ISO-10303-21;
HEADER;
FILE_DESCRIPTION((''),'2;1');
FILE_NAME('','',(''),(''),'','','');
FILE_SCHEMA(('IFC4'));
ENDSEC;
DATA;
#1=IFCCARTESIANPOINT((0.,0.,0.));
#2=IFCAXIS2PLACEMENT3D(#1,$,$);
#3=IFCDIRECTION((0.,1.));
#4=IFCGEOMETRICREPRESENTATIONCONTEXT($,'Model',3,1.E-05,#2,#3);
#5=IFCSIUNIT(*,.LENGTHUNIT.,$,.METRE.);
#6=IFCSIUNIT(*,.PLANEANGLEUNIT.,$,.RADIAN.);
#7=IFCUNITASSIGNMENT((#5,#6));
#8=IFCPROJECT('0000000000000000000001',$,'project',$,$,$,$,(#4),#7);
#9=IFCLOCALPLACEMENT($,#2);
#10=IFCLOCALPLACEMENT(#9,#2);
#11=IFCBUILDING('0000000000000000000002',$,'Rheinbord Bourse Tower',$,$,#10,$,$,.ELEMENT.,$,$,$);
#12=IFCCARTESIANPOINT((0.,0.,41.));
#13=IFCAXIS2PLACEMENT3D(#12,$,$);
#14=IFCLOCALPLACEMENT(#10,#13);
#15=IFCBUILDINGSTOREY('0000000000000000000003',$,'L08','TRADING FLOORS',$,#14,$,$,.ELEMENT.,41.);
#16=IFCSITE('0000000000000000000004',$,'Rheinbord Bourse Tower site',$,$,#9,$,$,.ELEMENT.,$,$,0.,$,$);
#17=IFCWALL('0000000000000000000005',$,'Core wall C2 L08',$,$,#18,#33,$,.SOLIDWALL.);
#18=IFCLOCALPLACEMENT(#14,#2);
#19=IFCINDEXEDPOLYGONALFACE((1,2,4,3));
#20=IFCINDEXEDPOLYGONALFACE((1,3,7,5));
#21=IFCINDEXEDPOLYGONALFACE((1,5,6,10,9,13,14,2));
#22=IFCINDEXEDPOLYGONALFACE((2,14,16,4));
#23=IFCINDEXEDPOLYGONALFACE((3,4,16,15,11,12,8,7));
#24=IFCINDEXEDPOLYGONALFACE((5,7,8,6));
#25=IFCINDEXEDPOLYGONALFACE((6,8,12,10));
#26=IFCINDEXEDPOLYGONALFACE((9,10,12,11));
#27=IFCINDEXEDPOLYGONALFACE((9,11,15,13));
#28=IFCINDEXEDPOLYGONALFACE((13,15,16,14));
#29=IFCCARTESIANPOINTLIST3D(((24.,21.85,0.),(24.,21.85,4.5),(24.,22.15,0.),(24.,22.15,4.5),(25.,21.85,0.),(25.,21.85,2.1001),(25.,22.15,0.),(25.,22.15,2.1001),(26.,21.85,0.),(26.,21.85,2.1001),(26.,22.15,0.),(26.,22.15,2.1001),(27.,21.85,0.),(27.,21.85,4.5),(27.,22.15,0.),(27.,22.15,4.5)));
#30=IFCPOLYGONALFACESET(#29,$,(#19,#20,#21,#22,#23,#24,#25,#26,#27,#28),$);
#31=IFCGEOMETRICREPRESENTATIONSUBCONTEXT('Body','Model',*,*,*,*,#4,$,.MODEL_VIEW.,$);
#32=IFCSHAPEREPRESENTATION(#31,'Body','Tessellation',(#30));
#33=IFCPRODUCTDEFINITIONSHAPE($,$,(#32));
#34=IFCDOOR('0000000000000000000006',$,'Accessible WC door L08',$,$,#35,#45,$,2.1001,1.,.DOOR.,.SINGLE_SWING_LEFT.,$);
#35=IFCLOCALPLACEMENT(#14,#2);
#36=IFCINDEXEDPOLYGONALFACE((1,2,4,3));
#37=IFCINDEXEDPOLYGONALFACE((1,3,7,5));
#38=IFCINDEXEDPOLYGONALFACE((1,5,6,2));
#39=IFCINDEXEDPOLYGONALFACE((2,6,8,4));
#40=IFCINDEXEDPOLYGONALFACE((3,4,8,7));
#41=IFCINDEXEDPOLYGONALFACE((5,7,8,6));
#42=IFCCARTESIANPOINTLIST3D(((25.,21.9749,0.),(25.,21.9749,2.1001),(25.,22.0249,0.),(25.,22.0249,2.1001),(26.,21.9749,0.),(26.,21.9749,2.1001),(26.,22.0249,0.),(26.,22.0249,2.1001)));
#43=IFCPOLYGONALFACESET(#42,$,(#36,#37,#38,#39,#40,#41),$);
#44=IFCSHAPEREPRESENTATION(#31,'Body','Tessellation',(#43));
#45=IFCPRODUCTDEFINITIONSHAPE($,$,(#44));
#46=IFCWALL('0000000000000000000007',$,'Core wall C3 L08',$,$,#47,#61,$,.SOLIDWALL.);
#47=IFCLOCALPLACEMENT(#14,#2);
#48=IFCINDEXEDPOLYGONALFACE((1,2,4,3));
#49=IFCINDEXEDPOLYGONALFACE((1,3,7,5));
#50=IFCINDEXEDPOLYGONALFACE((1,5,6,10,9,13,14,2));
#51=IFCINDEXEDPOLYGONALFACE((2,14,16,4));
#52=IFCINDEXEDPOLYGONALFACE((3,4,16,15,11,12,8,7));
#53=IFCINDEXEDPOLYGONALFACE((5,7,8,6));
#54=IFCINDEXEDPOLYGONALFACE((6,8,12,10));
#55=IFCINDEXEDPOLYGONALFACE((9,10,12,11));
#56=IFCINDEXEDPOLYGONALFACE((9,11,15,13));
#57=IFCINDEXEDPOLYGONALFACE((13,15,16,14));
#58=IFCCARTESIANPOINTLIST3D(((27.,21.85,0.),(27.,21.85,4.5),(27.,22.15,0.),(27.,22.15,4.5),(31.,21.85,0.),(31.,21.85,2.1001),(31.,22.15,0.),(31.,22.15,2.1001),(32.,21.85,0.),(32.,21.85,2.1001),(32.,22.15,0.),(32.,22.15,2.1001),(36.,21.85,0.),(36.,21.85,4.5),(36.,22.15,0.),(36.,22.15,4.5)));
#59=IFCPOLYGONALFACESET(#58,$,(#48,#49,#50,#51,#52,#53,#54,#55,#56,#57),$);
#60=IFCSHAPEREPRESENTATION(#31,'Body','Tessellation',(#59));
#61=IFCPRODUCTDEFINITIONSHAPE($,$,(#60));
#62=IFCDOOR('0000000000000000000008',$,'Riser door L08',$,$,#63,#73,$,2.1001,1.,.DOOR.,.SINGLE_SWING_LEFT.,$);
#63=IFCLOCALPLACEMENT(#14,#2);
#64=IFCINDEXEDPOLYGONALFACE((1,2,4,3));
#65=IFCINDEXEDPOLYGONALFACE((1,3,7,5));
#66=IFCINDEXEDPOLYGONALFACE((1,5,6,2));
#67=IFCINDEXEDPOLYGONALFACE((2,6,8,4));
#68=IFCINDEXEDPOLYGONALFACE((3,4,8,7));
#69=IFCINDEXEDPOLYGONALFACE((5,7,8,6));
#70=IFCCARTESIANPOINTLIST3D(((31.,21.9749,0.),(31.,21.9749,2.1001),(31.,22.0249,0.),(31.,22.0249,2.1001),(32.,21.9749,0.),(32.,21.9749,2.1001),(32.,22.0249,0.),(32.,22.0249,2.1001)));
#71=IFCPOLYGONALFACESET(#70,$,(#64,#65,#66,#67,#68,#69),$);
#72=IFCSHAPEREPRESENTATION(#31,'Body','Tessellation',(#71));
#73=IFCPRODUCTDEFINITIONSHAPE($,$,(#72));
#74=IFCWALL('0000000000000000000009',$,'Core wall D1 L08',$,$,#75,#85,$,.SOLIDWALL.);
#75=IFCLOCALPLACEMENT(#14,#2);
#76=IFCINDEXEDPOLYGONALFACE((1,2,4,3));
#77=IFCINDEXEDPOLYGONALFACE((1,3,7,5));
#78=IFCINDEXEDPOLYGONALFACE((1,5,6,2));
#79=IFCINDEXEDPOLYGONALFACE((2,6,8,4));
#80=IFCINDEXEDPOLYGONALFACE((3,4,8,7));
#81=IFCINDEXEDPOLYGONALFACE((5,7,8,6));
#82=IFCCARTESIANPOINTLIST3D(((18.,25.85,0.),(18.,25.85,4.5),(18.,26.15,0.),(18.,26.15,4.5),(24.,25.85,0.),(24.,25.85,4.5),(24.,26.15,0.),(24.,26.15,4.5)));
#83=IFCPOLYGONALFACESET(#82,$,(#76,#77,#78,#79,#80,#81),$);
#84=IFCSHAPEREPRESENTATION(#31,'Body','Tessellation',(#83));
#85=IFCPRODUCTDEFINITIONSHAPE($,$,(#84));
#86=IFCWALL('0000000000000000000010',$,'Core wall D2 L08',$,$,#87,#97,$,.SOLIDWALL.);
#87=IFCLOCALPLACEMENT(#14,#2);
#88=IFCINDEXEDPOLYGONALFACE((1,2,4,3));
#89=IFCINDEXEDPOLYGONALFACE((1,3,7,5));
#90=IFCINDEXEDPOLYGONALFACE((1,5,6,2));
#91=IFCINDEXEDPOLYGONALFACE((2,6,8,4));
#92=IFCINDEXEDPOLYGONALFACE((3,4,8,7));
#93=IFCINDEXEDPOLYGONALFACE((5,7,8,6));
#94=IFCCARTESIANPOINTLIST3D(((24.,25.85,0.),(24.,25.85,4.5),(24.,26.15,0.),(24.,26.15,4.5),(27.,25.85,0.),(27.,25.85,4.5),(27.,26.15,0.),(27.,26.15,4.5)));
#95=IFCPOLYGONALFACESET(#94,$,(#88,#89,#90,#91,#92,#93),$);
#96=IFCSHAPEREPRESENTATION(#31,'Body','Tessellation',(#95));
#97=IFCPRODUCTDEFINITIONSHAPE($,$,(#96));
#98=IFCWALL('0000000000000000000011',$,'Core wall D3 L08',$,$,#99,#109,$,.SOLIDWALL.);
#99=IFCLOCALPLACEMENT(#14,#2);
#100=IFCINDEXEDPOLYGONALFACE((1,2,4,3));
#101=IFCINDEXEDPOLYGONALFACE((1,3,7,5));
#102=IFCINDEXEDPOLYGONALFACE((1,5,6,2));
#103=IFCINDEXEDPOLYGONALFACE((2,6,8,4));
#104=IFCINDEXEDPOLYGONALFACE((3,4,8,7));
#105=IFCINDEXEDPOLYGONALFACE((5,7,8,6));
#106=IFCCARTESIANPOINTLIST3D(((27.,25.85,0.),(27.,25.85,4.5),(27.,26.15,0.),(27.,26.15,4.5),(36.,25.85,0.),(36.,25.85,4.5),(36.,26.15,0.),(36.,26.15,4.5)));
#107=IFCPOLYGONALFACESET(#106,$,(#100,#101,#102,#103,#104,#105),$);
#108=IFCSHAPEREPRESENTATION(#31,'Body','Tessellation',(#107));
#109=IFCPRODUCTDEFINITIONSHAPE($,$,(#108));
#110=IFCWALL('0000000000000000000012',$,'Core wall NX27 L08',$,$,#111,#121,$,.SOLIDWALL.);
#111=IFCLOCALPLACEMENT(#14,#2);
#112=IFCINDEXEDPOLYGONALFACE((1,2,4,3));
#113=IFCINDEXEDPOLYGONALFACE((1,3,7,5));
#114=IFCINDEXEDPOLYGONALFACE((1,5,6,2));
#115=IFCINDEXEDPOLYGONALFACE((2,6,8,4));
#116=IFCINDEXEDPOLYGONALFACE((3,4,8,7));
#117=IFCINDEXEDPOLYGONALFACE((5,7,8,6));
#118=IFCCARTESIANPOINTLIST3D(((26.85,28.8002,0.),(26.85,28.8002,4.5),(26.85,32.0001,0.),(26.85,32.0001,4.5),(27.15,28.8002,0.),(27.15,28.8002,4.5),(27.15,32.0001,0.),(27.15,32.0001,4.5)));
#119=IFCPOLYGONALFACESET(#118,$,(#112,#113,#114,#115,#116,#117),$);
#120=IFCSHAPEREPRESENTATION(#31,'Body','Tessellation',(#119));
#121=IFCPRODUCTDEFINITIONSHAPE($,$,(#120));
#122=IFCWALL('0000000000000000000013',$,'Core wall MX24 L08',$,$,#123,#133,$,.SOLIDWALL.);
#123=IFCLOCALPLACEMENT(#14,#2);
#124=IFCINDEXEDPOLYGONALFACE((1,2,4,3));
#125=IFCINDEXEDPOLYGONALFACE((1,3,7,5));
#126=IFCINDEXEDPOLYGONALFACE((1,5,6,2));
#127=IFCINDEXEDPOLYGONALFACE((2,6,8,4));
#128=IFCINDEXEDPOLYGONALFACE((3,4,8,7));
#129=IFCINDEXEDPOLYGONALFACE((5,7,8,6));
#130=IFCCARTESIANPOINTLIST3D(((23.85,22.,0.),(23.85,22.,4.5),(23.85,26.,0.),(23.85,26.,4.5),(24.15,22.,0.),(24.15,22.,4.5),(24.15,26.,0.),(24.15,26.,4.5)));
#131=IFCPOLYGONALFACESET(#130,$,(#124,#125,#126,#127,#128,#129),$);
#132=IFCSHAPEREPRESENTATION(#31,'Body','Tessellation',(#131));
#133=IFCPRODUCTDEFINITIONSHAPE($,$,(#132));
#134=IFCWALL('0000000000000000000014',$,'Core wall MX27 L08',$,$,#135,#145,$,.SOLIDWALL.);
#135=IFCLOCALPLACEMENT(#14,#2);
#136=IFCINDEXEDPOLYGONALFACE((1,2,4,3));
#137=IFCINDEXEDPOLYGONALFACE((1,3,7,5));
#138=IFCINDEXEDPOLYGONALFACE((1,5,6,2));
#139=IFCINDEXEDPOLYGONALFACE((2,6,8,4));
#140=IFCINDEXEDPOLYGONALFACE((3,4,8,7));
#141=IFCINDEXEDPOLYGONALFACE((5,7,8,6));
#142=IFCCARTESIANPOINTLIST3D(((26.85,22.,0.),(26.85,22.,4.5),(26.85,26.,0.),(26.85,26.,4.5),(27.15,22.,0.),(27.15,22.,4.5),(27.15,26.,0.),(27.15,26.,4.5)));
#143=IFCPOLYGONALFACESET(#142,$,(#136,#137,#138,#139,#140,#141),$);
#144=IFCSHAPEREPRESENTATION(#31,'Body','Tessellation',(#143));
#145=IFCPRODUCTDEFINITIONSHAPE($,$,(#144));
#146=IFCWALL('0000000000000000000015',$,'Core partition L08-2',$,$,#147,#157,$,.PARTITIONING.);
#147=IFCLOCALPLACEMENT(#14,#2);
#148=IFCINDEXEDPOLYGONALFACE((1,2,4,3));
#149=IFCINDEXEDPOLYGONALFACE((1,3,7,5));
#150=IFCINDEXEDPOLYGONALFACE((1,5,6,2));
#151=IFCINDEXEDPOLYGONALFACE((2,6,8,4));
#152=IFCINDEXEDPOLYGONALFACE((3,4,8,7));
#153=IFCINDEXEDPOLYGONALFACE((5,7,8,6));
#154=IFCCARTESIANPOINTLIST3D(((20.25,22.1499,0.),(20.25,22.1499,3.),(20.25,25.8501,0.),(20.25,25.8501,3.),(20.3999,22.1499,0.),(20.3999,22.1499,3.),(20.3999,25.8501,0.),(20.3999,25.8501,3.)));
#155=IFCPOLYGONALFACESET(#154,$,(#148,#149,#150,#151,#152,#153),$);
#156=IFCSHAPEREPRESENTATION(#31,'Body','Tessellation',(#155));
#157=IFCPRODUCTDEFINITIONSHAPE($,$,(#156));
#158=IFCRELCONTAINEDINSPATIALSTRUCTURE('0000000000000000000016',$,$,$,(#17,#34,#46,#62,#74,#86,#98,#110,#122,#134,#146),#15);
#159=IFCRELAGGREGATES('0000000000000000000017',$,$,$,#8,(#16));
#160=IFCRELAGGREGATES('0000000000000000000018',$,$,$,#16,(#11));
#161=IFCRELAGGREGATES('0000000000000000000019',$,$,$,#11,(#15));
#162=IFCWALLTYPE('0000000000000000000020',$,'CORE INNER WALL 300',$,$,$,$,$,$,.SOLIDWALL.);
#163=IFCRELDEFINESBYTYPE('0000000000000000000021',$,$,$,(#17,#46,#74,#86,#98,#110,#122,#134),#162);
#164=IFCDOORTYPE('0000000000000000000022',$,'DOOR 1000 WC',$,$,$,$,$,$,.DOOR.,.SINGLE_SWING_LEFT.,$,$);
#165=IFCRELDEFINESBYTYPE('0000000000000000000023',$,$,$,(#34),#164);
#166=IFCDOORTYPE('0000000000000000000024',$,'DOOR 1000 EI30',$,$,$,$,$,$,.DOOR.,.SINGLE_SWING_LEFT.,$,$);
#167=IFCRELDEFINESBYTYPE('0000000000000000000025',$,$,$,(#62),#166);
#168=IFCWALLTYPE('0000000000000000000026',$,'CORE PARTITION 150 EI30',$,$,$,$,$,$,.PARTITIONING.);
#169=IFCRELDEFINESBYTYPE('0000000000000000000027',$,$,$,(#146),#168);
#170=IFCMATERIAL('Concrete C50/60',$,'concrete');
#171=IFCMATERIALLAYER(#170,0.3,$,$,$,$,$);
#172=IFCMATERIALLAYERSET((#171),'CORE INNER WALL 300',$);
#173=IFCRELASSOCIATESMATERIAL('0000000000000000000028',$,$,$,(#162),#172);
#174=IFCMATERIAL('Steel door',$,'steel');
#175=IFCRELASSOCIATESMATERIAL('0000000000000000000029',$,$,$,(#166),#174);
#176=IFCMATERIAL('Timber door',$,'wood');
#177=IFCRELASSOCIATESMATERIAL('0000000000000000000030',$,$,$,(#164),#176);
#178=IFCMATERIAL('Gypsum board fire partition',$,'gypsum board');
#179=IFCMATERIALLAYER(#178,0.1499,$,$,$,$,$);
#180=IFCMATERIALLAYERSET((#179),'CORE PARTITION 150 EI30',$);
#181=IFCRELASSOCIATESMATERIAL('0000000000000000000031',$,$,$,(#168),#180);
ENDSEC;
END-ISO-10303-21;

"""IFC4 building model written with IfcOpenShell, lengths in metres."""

from ifc_helpers import new_model, si_unit, direction, frame, frame_2d, origin, place, context, subcontext, project, spatial, rectangle, extrude, material, layer, layer_set, type_object, element, fill, save


model = new_model("IFC4")

# Units and contexts
model_context = context("Model", 3, precision=1e-05, world=origin(), true_north=direction((0.0, 1.0)))
body_context = subcontext(model_context, "Body", "Model", "MODEL_VIEW")
ifc_project = project(units=[si_unit("LENGTHUNIT", "METRE"), si_unit("PLANEANGLEUNIT", "RADIAN")], contexts=[model_context])

# Site, building, storey
site_placement = place(None, origin())
site = spatial("IfcSite", under=ifc_project, at=site_placement, Name="Rheinbord Bourse Tower site", CompositionType="ELEMENT", RefElevation=0.0)
building_placement = place(site_placement, origin())
building = spatial("IfcBuilding", under=site, at=building_placement, Name="Rheinbord Bourse Tower", CompositionType="ELEMENT")
storey_placement = place(building_placement, frame((0.0, 0.0, 41.0)))
storey = spatial("IfcBuildingStorey", under=building, at=storey_placement, Name="L08", Description="TRADING FLOORS", CompositionType="ELEMENT", Elevation=41.0)

# Shared definitions
ifc_material_1 = material(Name="Concrete C50/60", Category="concrete")
ifc_layer_1 = layer(ifc_material_1, 0.3)
ifc_layer_set_1 = layer_set([ifc_layer_1], Name="CORE INNER WALL 300")
wall_type_1 = type_object("IfcWallType", Name="CORE INNER WALL 300", PredefinedType="SOLIDWALL", material=ifc_layer_set_1)
ifc_material_2 = material(Name="Steel door", Category="steel")
door_type_1 = type_object("IfcDoorType", Name="DOOR 1000 EI30", OperationType="SINGLE_SWING_LEFT", PredefinedType="DOOR", material=ifc_material_2)

# Shared definitions
ifc_material_3 = material(Name="Timber door", Category="wood")
door_type_2 = type_object("IfcDoorType", Name="DOOR 1000 WC", OperationType="SINGLE_SWING_LEFT", PredefinedType="DOOR", material=ifc_material_3)

# Walls, openings, doors
wall_1_placement = place(storey_placement, frame((24.0, 22.0, 0.0), z_axis=(0.0, 0.0, 1.0), x_axis=(1.0, 0.0, 0.0)))
wall_1 = element("IfcWall", 1, at=wall_1_placement, inside=storey, type_object=wall_type_1, Name="Core wall C2 L08", PredefinedType="SOLIDWALL", context=body_context, shape_type="SweptSolid", body=[
    extrude(rectangle(XDim=3.0, YDim=0.3, at=frame_2d((1.5, 0.0))), origin(), (0.0, 0.0, 1.0), 4.5),
])
opening_1_placement = place(wall_1_placement, frame((1.0, 0.0, 0.0)))
opening_1 = element("IfcOpeningElement", 2, at=opening_1_placement, cuts=wall_1, PredefinedType="OPENING", context=body_context, shape_type="SweptSolid", body=[
    extrude(rectangle(XDim=1.0, YDim=2.1001, at=frame_2d((0.5, 1.05))), frame((0.0, 0.1599, 0.0), z_axis=(0.0, -1.0, 0.0), x_axis=(1.0, 0.0, 0.0)), (0.0, 0.0, 1.0), 0.3201),
])
door_1_placement = place(opening_1_placement, origin())
door_1 = element("IfcDoor", 3, at=door_1_placement, inside=storey, type_object=door_type_2, Name="Accessible WC door L08", OperationType="SINGLE_SWING_LEFT", OverallHeight=2.1001, OverallWidth=1.0, PredefinedType="DOOR", context=body_context, shape_type="SweptSolid", body=[
    extrude(rectangle(XDim=1.0, YDim=2.1001, at=frame_2d((0.5, 1.05))), frame((0.0, 0.0249, 0.0), z_axis=(0.0, -1.0, 0.0), x_axis=(1.0, 0.0, 0.0)), (0.0, 0.0, 1.0), 0.05),
])
fill(opening_1, door_1)
wall_2_placement = place(storey_placement, frame((27.0, 22.0, 0.0), z_axis=(0.0, 0.0, 1.0), x_axis=(1.0, 0.0, 0.0)))
wall_2 = element("IfcWall", 4, at=wall_2_placement, inside=storey, type_object=wall_type_1, Name="Core wall C3 L08", PredefinedType="SOLIDWALL", context=body_context, shape_type="SweptSolid", body=[
    extrude(rectangle(XDim=9.0, YDim=0.3, at=frame_2d((4.5, 0.0))), origin(), (0.0, 0.0, 1.0), 4.5),
])
opening_2_placement = place(wall_2_placement, frame((4.0, 0.0, 0.0)))
opening_2 = element("IfcOpeningElement", 5, at=opening_2_placement, cuts=wall_2, PredefinedType="OPENING", context=body_context, shape_type="SweptSolid", body=[
    extrude(rectangle(XDim=1.0, YDim=2.1001, at=frame_2d((0.5, 1.05))), frame((0.0, 0.1599, 0.0), z_axis=(0.0, -1.0, 0.0), x_axis=(1.0, 0.0, 0.0)), (0.0, 0.0, 1.0), 0.3201),
])
door_2_placement = place(opening_2_placement, origin())
door_2 = element("IfcDoor", 6, at=door_2_placement, inside=storey, type_object=door_type_1, Name="Riser door L08", OperationType="SINGLE_SWING_LEFT", OverallHeight=2.1001, OverallWidth=1.0, PredefinedType="DOOR", context=body_context, shape_type="SweptSolid", body=[
    extrude(rectangle(XDim=1.0, YDim=2.1001, at=frame_2d((0.5, 1.05))), frame((0.0, 0.0249, 0.0), z_axis=(0.0, -1.0, 0.0), x_axis=(1.0, 0.0, 0.0)), (0.0, 0.0, 1.0), 0.05),
])
fill(opening_2, door_2)

# Walls
wall_3_placement = place(storey_placement, frame((18.0, 26.0, 0.0), z_axis=(0.0, 0.0, 1.0), x_axis=(1.0, 0.0, 0.0)))
element("IfcWall", 7, at=wall_3_placement, inside=storey, type_object=wall_type_1, Name="Core wall D1 L08", PredefinedType="SOLIDWALL", context=body_context, shape_type="SweptSolid", body=[
    extrude(rectangle(XDim=6.0, YDim=0.3, at=frame_2d((3.0, 0.0))), origin(), (0.0, 0.0, 1.0), 4.5),
])
wall_4_placement = place(storey_placement, frame((24.0, 26.0, 0.0), z_axis=(0.0, 0.0, 1.0), x_axis=(1.0, 0.0, 0.0)))
element("IfcWall", 8, at=wall_4_placement, inside=storey, type_object=wall_type_1, Name="Core wall D2 L08", PredefinedType="SOLIDWALL", context=body_context, shape_type="SweptSolid", body=[
    extrude(rectangle(XDim=3.0, YDim=0.3, at=frame_2d((1.5, 0.0))), origin(), (0.0, 0.0, 1.0), 4.5),
])
wall_5_placement = place(storey_placement, frame((27.0, 26.0, 0.0), z_axis=(0.0, 0.0, 1.0), x_axis=(1.0, 0.0, 0.0)))
element("IfcWall", 9, at=wall_5_placement, inside=storey, type_object=wall_type_1, Name="Core wall D3 L08", PredefinedType="SOLIDWALL", context=body_context, shape_type="SweptSolid", body=[
    extrude(rectangle(XDim=9.0, YDim=0.3, at=frame_2d((4.5, 0.0))), origin(), (0.0, 0.0, 1.0), 4.5),
])
wall_6_placement = place(storey_placement, frame((27.0, 28.8, 0.0), z_axis=(0.0, 0.0, 1.0), x_axis=(0.0, 1.0, 0.0)))
element("IfcWall", 10, at=wall_6_placement, inside=storey, type_object=wall_type_1, Name="Core wall NX27 L08", PredefinedType="SOLIDWALL", context=body_context, shape_type="SweptSolid", body=[
    extrude(rectangle(XDim=3.2, YDim=0.3, at=frame_2d((1.6001, 0.0))), origin(), (0.0, 0.0, 1.0), 4.5),
])
for number, where, z_axis, x_axis, name in (
    (11, (24.0, 22.0, 0.0), (0.0, 0.0, 1.0), (0.0, 1.0, 0.0), "Core wall MX24 L08"),
    (12, (27.0, 22.0, 0.0), (0.0, 0.0, 1.0), (0.0, 1.0, 0.0), "Core wall MX27 L08"),
):
    element("IfcWall", number, at=place(storey_placement, frame(where, z_axis=z_axis, x_axis=x_axis)), inside=storey, type_object=wall_type_1, Name=name, PredefinedType="SOLIDWALL", context=body_context, shape_type="SweptSolid", body=[
        extrude(rectangle(XDim=4.0, YDim=0.3, at=frame_2d((2.0, 0.0))), origin(), (0.0, 0.0, 1.0), 4.5),
    ])
ifc_material_4 = material(Name="Gypsum board fire partition", Category="gypsum board")
ifc_layer_2 = layer(ifc_material_4, 0.1499)
ifc_layer_set_2 = layer_set([ifc_layer_2], Name="CORE PARTITION 150 EI30")
wall_type_2 = type_object("IfcWallType", Name="CORE PARTITION 150 EI30", PredefinedType="PARTITIONING", material=ifc_layer_set_2)
wall_7_placement = place(storey_placement, frame((20.325, 22.1499, 0.0), z_axis=(0.0, 0.0, 1.0), x_axis=(0.0, 1.0, 0.0)))
element("IfcWall", 13, at=wall_7_placement, inside=storey, type_object=wall_type_2, Name="Core partition L08-2", PredefinedType="PARTITIONING", context=body_context, shape_type="SweptSolid", body=[
    extrude(rectangle(XDim=3.7002, YDim=0.1499, at=frame_2d((1.8501, 0.0))), origin(), (0.0, 0.0, 1.0), 3.0),
])

save(model, "model.ifc")
